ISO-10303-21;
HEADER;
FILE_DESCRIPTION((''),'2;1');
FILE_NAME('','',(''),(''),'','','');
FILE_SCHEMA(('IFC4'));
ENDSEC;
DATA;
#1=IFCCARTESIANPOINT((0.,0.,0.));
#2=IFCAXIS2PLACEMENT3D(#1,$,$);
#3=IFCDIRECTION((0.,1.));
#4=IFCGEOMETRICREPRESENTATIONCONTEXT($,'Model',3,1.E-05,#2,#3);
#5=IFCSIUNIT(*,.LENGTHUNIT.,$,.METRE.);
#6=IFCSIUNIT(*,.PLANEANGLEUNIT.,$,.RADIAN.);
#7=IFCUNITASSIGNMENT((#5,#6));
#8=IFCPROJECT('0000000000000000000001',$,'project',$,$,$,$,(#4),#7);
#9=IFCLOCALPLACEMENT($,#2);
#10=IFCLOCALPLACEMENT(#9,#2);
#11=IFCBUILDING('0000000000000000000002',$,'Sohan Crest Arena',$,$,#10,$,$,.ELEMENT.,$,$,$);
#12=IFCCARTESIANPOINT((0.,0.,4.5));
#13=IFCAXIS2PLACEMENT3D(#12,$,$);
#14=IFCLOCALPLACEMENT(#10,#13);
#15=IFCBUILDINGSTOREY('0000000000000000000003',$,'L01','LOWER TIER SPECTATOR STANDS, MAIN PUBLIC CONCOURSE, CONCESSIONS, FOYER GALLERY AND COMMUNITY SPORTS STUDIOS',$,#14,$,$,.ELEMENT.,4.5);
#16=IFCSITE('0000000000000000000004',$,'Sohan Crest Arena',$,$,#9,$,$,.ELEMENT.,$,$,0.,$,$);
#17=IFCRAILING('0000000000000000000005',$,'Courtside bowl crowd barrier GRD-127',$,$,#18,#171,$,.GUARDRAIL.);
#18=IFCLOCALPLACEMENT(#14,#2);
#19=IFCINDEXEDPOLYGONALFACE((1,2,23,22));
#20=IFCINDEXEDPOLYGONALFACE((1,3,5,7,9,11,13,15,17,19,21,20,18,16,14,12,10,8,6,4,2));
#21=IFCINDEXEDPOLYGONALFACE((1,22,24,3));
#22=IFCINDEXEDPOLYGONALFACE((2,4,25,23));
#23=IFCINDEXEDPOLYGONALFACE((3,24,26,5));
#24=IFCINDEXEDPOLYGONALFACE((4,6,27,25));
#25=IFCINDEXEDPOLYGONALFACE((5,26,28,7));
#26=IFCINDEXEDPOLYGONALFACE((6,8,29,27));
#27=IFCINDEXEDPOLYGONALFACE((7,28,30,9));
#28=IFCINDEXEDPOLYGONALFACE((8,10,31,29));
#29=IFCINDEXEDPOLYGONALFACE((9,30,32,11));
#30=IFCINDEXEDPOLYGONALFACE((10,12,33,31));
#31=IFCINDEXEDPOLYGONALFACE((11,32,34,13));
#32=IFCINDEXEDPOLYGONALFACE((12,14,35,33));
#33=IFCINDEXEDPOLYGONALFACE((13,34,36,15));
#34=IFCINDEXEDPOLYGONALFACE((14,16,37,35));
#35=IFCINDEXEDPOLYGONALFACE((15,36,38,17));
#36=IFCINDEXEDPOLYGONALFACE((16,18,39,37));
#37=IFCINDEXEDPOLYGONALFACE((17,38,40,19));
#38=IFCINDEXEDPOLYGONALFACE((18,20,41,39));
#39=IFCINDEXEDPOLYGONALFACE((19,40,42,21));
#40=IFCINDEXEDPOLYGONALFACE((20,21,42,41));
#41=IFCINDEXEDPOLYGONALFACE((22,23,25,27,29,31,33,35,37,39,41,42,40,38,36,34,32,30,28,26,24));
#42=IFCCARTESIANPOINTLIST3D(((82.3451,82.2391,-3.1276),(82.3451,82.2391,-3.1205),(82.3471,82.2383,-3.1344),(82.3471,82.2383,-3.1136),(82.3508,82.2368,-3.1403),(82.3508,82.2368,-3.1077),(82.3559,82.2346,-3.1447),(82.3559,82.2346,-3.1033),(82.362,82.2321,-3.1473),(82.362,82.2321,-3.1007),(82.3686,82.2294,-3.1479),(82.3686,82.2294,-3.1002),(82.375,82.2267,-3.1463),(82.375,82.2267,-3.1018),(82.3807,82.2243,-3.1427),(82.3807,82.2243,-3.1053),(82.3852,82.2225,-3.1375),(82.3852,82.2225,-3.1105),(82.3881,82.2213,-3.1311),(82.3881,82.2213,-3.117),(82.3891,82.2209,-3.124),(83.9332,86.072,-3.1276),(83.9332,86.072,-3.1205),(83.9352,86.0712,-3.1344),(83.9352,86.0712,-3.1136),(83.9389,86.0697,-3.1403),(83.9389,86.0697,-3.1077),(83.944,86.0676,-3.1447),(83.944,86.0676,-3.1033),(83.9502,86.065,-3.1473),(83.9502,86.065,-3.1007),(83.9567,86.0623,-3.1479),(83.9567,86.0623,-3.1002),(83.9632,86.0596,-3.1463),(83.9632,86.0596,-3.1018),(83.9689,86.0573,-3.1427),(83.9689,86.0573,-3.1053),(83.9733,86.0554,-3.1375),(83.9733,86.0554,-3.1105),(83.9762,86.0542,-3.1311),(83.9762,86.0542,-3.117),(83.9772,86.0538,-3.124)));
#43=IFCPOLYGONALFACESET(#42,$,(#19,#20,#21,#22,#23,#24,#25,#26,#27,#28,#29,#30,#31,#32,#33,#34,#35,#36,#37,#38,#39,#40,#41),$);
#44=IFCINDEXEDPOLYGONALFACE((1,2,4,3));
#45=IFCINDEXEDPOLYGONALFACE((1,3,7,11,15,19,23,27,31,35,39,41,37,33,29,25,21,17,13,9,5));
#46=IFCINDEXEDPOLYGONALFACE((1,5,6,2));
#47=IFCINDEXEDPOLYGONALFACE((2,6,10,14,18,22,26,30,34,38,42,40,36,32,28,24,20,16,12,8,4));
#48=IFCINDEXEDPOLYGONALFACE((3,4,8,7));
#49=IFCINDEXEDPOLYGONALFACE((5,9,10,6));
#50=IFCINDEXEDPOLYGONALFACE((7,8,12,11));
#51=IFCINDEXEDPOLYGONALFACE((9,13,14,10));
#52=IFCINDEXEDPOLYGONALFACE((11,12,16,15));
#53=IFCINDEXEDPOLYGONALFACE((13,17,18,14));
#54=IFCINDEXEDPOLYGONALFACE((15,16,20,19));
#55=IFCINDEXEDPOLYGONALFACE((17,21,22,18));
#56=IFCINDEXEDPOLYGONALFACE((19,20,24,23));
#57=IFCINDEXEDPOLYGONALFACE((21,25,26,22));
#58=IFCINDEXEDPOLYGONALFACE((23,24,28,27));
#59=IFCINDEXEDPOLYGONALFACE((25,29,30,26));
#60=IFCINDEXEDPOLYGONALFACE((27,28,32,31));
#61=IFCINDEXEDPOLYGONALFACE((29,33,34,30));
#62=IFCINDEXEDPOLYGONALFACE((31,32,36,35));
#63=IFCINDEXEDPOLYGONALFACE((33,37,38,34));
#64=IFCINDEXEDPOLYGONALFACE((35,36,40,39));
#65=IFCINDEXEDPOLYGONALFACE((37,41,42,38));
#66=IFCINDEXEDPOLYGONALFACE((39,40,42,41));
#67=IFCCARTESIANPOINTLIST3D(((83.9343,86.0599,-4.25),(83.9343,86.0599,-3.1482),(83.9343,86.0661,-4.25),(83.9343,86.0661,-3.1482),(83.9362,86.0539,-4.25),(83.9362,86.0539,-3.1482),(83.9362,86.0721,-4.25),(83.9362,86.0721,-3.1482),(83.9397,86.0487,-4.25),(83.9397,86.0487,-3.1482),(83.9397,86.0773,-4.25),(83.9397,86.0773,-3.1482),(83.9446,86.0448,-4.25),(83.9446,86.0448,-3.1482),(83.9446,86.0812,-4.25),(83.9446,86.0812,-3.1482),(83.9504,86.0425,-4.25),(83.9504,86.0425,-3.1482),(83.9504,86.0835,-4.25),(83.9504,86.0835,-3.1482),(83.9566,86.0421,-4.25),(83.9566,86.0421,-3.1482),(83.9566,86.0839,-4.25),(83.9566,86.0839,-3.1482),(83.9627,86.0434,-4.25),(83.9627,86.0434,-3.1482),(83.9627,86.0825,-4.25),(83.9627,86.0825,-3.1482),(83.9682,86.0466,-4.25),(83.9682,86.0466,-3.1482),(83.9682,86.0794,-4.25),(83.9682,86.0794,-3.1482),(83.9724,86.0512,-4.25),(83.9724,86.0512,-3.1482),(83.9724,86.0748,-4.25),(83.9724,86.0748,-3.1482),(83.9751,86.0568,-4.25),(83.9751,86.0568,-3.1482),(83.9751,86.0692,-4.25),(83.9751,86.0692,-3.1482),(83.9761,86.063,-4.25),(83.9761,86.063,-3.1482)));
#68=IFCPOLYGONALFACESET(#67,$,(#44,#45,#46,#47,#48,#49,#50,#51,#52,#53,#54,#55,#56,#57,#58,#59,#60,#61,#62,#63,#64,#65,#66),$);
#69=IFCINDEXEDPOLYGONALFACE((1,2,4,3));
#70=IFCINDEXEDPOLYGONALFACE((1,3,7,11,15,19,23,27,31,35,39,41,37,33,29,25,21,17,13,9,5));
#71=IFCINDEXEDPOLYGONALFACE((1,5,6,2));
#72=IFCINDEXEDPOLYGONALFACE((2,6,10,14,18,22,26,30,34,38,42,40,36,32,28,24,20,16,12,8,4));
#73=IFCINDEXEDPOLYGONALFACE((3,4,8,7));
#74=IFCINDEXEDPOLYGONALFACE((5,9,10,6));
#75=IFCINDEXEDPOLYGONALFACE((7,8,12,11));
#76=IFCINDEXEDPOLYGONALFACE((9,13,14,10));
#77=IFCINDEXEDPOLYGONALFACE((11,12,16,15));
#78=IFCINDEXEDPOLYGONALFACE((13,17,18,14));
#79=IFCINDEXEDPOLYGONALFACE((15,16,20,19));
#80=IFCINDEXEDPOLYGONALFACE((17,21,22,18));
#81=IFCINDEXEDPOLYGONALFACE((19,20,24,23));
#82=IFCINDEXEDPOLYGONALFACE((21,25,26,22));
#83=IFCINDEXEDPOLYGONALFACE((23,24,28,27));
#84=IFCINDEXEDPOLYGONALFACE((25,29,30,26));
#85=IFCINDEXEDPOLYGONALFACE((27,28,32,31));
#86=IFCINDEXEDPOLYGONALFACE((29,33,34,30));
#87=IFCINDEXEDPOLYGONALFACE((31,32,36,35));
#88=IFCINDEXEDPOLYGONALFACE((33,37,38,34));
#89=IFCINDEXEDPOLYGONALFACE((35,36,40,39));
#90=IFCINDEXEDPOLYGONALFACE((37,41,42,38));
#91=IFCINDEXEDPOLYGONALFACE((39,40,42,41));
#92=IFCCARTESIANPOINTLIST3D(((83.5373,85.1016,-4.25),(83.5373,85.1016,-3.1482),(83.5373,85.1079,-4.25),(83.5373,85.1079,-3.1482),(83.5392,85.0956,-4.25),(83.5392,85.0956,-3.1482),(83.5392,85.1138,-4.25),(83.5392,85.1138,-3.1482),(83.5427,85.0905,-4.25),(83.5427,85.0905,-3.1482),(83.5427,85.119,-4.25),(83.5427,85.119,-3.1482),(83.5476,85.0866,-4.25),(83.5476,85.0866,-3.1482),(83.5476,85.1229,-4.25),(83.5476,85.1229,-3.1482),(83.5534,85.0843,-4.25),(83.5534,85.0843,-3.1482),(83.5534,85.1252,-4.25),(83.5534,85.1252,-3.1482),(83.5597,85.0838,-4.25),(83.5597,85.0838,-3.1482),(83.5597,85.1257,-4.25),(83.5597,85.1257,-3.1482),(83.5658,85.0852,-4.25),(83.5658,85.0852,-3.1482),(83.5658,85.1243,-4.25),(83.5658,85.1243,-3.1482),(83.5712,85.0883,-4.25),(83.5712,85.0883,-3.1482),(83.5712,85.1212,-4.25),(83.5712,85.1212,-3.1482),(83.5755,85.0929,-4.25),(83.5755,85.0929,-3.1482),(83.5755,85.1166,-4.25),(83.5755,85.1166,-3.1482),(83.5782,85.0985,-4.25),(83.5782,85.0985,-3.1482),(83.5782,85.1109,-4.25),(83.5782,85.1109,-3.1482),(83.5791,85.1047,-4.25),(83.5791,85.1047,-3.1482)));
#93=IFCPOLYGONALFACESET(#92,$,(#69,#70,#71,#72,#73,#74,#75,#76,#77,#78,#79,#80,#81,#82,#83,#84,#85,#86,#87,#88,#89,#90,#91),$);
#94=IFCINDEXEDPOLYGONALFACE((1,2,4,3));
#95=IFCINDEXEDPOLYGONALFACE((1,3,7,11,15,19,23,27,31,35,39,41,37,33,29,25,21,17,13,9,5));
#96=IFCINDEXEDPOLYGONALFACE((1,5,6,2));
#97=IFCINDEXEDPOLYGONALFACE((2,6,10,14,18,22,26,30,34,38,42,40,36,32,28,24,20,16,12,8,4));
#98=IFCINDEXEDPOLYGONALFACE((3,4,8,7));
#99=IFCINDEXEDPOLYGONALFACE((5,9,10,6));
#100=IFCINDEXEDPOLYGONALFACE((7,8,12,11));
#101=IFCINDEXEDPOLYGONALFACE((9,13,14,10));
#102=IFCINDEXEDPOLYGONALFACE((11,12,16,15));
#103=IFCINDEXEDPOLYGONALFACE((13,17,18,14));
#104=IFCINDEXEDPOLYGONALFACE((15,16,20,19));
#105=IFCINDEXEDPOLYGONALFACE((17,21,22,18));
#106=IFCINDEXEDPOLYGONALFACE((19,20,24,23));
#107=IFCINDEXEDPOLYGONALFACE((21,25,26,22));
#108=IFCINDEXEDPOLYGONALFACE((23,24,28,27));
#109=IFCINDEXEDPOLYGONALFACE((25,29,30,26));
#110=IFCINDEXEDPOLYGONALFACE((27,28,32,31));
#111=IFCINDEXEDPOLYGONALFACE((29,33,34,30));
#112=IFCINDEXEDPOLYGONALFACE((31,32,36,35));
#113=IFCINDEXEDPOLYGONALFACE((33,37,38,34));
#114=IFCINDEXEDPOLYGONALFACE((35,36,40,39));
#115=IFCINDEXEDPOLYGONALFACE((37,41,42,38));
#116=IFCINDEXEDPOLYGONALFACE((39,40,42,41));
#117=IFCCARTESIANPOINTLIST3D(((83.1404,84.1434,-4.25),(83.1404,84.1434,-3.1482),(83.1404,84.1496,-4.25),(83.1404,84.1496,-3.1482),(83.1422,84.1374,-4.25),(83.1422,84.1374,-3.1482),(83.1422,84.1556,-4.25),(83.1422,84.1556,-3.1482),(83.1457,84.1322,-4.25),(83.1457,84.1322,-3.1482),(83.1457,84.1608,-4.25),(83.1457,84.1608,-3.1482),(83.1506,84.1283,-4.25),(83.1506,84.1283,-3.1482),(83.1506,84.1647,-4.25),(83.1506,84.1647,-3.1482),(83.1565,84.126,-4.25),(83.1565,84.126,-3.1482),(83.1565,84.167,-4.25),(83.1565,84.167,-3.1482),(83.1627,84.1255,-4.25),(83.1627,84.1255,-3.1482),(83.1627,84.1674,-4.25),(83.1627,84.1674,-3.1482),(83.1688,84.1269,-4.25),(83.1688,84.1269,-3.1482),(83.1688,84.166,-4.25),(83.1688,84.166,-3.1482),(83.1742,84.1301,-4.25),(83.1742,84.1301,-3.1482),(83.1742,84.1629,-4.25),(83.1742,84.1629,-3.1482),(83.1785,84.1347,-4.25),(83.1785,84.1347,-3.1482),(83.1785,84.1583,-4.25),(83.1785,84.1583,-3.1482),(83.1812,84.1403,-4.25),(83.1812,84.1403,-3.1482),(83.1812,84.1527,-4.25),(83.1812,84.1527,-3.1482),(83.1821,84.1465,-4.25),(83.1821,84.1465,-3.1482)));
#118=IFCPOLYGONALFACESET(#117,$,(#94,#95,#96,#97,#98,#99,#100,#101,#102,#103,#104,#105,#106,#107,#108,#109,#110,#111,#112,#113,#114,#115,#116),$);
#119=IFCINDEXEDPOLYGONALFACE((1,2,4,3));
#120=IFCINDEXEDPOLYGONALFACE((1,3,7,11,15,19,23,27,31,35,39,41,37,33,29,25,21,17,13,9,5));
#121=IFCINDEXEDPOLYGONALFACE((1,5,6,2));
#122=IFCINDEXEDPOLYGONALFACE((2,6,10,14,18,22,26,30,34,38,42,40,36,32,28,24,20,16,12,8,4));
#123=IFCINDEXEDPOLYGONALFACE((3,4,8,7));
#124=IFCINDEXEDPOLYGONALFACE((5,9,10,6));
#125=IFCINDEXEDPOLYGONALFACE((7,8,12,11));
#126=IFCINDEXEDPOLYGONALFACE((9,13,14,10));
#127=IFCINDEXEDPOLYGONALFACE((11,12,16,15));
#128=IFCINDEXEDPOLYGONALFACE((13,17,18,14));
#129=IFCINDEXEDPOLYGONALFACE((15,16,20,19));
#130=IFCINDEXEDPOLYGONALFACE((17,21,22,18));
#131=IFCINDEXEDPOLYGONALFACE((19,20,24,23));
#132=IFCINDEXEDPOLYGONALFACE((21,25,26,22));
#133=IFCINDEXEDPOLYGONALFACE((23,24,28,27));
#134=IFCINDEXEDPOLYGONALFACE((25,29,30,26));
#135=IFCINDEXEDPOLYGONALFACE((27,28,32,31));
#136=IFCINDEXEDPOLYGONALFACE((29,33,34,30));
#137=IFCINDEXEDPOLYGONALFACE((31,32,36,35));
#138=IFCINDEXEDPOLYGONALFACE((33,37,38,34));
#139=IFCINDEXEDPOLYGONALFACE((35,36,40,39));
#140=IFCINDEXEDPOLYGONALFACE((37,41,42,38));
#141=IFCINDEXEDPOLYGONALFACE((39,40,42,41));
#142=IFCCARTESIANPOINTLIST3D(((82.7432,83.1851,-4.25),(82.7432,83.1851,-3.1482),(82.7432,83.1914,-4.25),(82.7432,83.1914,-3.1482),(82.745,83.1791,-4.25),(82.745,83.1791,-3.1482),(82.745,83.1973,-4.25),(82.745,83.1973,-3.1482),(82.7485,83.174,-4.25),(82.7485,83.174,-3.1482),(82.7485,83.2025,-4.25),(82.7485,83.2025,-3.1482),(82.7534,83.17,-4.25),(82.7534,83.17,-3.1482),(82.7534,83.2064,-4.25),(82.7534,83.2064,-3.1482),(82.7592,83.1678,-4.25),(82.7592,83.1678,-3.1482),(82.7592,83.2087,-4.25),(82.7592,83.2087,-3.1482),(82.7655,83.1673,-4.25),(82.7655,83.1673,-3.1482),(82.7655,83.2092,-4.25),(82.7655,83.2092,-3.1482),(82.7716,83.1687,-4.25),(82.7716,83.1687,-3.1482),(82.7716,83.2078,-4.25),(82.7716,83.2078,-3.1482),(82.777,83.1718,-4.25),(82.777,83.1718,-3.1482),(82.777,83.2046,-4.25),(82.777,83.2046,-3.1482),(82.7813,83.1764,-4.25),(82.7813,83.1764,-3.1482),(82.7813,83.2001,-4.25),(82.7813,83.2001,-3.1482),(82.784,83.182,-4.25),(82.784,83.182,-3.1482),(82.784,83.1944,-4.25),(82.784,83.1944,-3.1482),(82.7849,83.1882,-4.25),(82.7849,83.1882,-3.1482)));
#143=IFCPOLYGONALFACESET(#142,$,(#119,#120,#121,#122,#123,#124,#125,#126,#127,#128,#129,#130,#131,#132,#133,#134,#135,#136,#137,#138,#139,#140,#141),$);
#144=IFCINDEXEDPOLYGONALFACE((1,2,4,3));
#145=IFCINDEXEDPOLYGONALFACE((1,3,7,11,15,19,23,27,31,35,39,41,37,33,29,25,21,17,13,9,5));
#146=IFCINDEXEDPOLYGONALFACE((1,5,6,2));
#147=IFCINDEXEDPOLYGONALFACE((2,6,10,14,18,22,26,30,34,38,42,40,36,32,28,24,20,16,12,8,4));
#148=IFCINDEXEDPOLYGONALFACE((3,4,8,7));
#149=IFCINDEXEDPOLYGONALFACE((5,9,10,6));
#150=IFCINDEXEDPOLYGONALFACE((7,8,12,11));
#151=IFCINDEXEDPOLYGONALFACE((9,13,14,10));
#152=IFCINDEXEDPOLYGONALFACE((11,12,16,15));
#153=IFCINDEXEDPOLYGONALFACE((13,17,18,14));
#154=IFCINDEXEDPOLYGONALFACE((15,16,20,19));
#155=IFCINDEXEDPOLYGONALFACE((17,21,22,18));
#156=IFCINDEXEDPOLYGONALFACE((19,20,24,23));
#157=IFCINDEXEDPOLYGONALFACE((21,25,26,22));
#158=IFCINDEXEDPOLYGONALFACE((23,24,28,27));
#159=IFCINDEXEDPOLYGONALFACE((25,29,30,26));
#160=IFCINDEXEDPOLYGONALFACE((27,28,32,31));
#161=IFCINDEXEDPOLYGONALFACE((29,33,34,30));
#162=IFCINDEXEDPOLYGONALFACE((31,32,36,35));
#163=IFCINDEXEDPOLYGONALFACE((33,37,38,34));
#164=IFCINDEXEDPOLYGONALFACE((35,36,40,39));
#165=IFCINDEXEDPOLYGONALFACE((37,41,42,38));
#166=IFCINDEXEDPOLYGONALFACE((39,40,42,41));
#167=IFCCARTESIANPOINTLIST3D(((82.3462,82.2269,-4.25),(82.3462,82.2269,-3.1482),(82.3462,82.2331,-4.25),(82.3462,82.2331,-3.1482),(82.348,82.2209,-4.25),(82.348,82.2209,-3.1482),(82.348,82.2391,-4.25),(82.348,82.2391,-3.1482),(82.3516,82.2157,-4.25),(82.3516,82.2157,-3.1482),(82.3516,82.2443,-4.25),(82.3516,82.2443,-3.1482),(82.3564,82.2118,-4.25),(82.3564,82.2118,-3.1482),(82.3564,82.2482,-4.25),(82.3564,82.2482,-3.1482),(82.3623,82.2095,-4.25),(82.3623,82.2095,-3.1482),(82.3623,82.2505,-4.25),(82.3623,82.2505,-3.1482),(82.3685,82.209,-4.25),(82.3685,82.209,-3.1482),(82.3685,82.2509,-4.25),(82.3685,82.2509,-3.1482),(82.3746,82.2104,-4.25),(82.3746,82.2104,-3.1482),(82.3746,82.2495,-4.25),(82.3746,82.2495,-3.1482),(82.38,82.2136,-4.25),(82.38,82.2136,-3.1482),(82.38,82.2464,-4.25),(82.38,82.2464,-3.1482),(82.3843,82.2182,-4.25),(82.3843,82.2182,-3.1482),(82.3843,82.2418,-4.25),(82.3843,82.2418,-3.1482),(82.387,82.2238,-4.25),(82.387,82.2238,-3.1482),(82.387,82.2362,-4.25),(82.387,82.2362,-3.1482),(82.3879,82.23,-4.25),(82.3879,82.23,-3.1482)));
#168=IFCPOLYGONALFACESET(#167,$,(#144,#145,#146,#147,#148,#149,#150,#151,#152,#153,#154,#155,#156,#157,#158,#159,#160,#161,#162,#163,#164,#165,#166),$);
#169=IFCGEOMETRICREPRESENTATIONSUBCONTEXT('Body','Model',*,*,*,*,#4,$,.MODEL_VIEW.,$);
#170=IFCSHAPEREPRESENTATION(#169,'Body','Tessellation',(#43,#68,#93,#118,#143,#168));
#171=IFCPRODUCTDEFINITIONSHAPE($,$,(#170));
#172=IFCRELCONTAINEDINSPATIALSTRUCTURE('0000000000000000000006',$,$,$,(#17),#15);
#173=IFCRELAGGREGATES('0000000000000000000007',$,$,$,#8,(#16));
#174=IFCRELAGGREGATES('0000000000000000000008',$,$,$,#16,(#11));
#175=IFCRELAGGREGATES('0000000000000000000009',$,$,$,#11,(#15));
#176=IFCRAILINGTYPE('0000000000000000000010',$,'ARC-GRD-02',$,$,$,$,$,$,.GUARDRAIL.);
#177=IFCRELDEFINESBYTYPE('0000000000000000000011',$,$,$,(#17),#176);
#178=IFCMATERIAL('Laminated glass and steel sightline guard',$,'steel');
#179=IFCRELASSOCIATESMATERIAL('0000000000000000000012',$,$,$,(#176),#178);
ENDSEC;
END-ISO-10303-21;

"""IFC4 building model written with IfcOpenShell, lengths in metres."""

from ifc_helpers import new_model, si_unit, direction, frame, origin, origin_2d, place, context, subcontext, project, spatial, circle, extrude, material, type_object, element, save


model = new_model("IFC4")

# Units and contexts
model_context = context("Model", 3, precision=1e-05, world=origin(), true_north=direction((0.0, 1.0)))
body_context = subcontext(model_context, "Body", "Model", "MODEL_VIEW")
ifc_project = project(units=[si_unit("LENGTHUNIT", "METRE"), si_unit("PLANEANGLEUNIT", "RADIAN")], contexts=[model_context])

# Site, building, storey
site_placement = place(None, origin())
site = spatial("IfcSite", under=ifc_project, at=site_placement, Name="Sohan Crest Arena", CompositionType="ELEMENT", RefElevation=0.0)
building_placement = place(site_placement, origin())
building = spatial("IfcBuilding", under=site, at=building_placement, Name="Sohan Crest Arena", CompositionType="ELEMENT")
storey_placement = place(building_placement, frame((0.0, 0.0, 4.5)))
storey = spatial("IfcBuildingStorey", under=building, at=storey_placement, Name="L01", Description="LOWER TIER SPECTATOR STANDS, MAIN PUBLIC CONCOURSE, CONCESSIONS, FOYER GALLERY AND COMMUNITY SPORTS STUDIOS", CompositionType="ELEMENT", Elevation=4.5)

# Railing
ifc_material_1 = material(Name="Laminated glass and steel sightline guard", Category="steel")
railing_type = type_object("IfcRailingType", Name="ARC-GRD-02", PredefinedType="GUARDRAIL", material=ifc_material_1)
railing_1_placement = place(storey_placement, frame((83.9551, 86.063, -4.25)))
element("IfcRailing", 1, at=railing_1_placement, inside=storey, type_object=railing_type, Name="Courtside bowl crowd barrier GRD-127", PredefinedType="GUARDRAIL", context=body_context, shape_type="SweptSolid", body=[
    extrude(circle(Radius=0.0239, at=origin_2d()), frame((0.0, 0.0, 1.126), z_axis=(-0.382776, -0.923841, 0.0), x_axis=(0.923841, -0.382776, 0.0)), (0.0, 0.0, 1.0), 4.1489),
    extrude(circle(Radius=0.021, at=origin_2d()), origin(), (0.0, 0.0, 1.0), 1.1018),
    extrude(circle(Radius=0.021, at=origin_2d()), frame((-0.397, -0.9583, 0.0)), (0.0, 0.0, 1.0), 1.1018),
    extrude(circle(Radius=0.021, at=origin_2d()), frame((-0.7939, -1.9165, 0.0)), (0.0, 0.0, 1.0), 1.1018),
    extrude(circle(Radius=0.021, at=origin_2d()), frame((-1.1912, -2.8748, 0.0)), (0.0, 0.0, 1.0), 1.1018),
    extrude(circle(Radius=0.021, at=origin_2d()), frame((-1.5881, -3.833, 0.0)), (0.0, 0.0, 1.0), 1.1018),
])

save(model, "model.ifc")
